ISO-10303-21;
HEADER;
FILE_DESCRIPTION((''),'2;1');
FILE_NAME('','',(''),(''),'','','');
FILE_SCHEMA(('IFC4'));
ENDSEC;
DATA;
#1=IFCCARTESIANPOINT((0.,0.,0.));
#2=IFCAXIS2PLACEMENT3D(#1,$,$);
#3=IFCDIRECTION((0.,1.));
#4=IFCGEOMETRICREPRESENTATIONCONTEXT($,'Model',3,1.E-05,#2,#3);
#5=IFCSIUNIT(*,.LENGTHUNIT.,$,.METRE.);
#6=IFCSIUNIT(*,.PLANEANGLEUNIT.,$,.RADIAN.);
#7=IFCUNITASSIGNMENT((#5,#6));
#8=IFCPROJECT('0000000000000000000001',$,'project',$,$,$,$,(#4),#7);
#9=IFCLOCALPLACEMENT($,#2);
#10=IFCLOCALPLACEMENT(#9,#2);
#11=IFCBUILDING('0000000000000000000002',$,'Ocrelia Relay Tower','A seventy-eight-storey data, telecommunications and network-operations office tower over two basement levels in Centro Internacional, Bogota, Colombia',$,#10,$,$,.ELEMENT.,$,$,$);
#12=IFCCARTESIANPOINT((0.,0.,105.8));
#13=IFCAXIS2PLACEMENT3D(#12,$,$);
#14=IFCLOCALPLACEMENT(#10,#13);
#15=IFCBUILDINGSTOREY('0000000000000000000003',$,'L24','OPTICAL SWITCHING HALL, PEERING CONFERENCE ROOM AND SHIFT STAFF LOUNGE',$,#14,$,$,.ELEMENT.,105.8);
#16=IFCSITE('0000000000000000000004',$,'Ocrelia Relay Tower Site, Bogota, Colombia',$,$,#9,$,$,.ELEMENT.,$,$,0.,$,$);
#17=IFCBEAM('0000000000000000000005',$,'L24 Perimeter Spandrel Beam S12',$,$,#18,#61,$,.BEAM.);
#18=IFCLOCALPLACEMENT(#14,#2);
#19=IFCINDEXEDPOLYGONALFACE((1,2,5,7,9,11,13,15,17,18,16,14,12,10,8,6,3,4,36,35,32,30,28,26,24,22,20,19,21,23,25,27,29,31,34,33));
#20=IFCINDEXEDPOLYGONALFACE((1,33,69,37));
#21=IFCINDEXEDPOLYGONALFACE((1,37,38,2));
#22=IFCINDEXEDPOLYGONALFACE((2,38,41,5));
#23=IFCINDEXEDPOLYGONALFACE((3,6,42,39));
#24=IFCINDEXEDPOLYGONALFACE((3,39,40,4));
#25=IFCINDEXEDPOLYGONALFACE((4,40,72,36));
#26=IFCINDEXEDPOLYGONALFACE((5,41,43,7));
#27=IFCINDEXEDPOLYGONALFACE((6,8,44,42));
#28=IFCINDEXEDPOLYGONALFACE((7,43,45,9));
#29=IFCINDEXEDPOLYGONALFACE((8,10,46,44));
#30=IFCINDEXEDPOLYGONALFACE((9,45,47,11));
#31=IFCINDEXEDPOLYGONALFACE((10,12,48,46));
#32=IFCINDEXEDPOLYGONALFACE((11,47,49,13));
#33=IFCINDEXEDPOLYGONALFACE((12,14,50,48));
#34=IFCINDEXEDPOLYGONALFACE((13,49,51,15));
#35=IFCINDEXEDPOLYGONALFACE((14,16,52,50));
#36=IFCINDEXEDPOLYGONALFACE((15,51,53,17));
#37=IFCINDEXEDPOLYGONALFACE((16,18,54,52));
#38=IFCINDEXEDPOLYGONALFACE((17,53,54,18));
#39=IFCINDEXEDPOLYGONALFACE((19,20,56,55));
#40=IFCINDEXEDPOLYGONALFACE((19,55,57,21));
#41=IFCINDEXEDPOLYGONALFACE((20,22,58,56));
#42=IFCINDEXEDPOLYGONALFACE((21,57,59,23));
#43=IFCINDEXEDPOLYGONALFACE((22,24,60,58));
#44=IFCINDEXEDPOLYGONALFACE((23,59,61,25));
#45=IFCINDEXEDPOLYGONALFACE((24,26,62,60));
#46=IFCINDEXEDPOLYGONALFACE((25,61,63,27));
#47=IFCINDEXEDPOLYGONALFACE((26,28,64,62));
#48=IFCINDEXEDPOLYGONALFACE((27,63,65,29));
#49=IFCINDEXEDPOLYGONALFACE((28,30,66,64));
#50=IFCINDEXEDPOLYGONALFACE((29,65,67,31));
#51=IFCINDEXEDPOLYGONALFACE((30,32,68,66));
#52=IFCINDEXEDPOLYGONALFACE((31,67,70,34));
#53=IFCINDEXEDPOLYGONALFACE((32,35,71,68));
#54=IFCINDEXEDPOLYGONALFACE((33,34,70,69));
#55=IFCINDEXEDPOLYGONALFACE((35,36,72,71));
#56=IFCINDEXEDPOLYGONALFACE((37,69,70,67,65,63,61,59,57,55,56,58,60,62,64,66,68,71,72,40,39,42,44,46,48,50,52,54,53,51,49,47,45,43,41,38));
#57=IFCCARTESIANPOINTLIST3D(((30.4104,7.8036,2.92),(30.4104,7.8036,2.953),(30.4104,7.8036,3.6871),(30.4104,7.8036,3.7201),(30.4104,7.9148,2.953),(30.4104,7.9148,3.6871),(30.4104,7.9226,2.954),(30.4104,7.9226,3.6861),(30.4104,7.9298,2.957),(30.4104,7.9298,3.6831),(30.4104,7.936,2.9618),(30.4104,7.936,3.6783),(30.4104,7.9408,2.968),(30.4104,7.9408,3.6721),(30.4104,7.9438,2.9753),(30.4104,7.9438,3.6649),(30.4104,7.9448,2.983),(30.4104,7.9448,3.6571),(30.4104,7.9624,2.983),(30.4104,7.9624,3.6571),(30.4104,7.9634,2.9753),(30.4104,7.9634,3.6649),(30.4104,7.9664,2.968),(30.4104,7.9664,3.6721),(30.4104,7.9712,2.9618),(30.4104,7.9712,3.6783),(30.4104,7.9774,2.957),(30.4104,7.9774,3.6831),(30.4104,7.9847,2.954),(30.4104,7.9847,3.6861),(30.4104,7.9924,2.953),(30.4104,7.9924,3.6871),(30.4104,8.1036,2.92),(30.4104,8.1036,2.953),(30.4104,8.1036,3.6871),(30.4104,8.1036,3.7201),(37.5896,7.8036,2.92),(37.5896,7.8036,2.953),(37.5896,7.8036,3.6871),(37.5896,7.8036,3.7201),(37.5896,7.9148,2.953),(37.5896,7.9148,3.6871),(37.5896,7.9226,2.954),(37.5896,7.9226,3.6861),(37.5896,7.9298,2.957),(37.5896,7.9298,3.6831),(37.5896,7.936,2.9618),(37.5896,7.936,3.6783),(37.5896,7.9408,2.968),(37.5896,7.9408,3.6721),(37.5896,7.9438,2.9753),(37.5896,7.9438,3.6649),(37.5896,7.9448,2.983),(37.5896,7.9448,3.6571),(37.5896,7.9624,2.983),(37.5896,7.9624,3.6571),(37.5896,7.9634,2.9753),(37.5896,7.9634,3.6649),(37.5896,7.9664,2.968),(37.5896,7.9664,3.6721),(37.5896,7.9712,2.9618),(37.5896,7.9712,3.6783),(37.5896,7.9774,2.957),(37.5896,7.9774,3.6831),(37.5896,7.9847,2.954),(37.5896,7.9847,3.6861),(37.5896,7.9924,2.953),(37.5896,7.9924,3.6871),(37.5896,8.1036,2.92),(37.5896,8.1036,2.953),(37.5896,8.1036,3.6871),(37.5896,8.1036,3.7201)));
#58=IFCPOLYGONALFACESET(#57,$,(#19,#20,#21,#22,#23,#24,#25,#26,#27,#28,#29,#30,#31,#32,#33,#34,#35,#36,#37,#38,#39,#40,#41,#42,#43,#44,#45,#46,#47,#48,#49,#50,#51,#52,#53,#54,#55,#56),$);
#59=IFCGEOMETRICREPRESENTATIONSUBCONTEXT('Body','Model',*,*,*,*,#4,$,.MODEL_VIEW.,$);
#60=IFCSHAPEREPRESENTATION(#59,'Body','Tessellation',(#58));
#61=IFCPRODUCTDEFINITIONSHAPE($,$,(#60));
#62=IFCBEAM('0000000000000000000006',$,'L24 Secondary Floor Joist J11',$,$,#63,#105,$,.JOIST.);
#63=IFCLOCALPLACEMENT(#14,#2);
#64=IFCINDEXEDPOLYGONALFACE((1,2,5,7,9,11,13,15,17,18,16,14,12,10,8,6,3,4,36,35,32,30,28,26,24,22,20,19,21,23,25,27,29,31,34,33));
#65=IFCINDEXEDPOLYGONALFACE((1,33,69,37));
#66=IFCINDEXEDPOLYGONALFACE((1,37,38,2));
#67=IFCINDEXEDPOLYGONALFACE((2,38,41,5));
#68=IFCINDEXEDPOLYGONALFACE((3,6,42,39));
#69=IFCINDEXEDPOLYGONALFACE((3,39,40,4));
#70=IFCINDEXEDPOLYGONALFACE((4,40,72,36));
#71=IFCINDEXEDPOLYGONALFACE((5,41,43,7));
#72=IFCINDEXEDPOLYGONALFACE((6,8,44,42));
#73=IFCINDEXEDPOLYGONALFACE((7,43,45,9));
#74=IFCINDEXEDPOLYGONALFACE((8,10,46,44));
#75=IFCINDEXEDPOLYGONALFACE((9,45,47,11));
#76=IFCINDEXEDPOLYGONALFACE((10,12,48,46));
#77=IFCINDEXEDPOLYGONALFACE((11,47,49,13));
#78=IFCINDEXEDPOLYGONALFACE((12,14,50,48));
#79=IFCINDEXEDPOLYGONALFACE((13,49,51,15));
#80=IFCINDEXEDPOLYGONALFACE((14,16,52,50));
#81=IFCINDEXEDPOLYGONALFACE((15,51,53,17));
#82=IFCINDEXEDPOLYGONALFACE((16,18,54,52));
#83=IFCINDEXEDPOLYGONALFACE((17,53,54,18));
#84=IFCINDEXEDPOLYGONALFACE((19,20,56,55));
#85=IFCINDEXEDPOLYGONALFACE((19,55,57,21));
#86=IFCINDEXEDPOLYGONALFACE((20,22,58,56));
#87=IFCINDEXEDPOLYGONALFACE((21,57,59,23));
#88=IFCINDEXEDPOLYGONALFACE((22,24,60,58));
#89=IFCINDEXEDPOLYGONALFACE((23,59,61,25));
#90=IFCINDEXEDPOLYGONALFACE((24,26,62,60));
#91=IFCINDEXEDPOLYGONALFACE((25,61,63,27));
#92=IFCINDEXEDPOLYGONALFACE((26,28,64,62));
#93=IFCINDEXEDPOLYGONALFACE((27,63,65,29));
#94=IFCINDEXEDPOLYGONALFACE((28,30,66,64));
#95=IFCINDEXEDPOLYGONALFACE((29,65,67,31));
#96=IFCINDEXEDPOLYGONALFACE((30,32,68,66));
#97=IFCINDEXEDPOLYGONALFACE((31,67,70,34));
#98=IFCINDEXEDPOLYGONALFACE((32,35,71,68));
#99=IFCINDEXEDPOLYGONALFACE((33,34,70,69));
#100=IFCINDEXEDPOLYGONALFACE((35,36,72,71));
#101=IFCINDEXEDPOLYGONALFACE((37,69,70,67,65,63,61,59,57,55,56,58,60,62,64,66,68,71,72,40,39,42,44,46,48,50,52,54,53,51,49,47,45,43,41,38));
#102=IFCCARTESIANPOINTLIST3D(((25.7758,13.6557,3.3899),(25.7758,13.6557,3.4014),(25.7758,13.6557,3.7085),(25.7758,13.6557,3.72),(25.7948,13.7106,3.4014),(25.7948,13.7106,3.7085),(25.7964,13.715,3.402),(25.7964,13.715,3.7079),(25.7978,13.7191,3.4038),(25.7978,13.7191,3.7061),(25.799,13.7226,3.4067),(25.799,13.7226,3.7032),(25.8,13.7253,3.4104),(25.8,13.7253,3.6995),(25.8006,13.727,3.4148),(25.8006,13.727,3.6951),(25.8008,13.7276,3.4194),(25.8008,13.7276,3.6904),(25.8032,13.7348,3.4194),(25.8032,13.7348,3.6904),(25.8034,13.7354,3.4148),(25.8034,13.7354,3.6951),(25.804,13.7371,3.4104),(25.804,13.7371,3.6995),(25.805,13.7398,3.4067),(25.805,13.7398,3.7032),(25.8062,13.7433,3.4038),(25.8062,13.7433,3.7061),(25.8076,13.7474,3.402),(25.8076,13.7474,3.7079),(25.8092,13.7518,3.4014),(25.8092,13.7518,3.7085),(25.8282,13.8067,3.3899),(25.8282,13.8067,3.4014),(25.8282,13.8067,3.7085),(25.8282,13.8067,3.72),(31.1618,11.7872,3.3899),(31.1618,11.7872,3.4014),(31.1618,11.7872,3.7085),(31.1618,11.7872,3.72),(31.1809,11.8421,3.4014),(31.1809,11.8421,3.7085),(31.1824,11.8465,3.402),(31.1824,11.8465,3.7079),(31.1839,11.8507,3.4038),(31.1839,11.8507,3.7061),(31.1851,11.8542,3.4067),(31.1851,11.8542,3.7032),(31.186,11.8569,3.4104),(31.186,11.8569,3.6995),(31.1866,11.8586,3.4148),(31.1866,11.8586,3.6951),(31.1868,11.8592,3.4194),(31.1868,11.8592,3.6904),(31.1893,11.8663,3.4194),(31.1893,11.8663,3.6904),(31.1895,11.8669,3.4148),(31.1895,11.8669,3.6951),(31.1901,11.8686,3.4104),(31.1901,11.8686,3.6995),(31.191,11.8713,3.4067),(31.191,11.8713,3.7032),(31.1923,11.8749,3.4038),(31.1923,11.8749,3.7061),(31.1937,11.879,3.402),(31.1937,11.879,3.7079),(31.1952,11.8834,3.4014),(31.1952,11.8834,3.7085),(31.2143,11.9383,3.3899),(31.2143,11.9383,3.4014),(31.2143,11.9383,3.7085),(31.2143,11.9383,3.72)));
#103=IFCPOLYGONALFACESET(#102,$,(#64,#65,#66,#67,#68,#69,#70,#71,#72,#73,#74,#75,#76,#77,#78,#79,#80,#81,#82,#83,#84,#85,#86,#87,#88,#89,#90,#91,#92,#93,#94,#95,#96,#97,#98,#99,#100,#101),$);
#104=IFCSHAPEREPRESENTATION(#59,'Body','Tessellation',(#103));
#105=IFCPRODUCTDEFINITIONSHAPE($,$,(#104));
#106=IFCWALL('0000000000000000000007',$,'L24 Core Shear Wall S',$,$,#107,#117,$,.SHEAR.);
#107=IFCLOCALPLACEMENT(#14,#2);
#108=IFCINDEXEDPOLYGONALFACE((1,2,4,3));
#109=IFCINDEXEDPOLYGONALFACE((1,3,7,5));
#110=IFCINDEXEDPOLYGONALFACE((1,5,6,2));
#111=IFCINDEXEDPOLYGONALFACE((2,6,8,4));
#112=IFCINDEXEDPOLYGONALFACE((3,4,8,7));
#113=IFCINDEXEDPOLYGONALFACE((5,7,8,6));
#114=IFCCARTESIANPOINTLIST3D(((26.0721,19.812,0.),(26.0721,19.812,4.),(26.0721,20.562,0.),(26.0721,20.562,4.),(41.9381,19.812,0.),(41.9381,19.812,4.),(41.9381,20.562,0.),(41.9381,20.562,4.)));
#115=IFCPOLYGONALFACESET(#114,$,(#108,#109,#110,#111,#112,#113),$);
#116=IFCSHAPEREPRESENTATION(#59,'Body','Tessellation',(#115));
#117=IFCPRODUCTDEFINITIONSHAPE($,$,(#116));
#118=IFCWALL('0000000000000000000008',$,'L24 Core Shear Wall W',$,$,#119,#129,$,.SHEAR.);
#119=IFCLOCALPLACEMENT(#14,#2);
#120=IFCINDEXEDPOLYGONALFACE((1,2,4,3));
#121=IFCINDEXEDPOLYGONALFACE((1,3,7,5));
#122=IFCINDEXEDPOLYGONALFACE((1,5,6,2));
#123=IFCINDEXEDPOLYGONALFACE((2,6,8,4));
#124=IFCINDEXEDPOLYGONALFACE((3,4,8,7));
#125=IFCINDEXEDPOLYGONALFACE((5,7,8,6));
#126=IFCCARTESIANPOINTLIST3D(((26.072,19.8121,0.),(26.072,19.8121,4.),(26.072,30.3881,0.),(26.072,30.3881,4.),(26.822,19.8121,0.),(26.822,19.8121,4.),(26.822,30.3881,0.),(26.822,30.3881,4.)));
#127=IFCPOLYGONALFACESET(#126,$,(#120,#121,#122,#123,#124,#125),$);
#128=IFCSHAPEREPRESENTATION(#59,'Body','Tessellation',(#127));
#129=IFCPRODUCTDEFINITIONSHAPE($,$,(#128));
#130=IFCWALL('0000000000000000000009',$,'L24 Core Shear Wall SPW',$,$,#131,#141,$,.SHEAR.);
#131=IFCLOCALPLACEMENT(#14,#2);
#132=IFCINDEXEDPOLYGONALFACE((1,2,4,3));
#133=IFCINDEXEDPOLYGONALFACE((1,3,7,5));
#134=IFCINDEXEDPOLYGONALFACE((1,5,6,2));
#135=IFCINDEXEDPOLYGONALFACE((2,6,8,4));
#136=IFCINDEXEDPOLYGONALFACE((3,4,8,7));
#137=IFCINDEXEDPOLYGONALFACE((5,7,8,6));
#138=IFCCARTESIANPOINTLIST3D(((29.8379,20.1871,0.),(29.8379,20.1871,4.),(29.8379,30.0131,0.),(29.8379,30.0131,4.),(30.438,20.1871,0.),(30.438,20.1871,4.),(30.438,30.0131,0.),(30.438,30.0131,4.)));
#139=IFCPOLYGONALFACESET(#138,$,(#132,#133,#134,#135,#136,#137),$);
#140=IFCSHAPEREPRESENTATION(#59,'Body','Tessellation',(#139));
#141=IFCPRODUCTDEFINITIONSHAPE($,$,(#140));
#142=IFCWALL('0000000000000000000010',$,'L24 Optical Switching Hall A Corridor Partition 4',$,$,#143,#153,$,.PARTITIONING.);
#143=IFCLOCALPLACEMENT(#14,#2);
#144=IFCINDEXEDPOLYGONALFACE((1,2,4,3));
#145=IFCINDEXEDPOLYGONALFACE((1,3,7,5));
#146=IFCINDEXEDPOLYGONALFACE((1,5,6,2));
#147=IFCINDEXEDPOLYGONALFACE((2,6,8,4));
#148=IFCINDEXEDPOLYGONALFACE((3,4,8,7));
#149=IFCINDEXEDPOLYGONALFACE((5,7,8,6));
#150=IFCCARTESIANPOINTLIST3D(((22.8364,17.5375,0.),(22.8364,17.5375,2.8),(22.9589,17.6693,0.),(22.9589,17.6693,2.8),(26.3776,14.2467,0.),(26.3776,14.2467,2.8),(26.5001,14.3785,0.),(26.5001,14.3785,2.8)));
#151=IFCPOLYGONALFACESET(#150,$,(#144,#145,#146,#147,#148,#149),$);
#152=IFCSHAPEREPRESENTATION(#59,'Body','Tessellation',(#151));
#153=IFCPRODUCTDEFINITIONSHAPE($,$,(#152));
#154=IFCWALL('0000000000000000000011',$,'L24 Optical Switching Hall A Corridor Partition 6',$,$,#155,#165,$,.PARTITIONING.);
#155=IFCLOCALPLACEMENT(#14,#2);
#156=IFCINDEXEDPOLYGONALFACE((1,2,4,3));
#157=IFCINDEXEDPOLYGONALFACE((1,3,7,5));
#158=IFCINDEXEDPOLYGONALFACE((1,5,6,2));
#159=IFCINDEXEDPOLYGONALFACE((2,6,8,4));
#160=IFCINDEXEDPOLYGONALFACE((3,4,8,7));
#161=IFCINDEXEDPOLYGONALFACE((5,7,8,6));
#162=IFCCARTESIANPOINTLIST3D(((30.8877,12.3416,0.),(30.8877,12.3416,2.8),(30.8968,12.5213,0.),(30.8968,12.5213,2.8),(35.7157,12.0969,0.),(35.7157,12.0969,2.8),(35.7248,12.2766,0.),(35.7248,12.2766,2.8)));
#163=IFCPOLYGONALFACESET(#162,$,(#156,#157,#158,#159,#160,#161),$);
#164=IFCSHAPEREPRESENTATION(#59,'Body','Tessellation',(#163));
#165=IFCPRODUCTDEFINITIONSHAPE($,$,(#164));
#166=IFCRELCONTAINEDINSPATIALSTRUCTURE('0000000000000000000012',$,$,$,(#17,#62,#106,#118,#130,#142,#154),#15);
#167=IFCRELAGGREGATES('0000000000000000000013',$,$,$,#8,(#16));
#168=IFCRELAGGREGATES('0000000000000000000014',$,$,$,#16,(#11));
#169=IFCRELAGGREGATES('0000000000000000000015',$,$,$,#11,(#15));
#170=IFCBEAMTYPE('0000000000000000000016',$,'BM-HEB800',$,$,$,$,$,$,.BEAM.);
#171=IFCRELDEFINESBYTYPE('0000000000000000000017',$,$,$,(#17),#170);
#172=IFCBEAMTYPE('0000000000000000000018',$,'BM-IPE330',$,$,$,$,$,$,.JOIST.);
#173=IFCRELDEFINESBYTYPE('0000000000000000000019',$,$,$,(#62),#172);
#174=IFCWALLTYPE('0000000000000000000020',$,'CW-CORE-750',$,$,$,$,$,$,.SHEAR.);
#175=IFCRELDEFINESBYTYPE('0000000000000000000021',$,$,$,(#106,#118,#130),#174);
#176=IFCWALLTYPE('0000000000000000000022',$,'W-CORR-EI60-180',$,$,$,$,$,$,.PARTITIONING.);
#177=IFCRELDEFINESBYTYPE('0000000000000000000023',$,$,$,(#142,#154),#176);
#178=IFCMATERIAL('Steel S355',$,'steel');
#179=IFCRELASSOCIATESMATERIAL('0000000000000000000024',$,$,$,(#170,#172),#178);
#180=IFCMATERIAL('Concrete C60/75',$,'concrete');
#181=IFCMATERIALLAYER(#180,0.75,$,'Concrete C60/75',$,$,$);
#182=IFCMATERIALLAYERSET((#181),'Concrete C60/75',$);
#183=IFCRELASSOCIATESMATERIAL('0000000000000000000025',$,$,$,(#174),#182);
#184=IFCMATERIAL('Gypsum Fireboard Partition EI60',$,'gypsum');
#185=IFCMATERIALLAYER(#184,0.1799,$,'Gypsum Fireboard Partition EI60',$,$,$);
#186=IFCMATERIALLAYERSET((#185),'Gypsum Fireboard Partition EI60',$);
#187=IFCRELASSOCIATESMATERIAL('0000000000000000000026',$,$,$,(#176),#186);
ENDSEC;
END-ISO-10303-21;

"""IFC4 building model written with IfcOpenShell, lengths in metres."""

from ifc_helpers import new_model, si_unit, direction, frame, frame_2d, origin, origin_2d, place, context, subcontext, project, spatial, rectangle, i_section, extrude, material, layer, layer_set, material_profile, profile_set, type_object, element, save


model = new_model("IFC4")

# Units and contexts
model_context = context("Model", 3, precision=1e-05, world=origin(), true_north=direction((0.0, 1.0)))
body_context = subcontext(model_context, "Body", "Model", "MODEL_VIEW")
ifc_project = project(units=[si_unit("LENGTHUNIT", "METRE"), si_unit("PLANEANGLEUNIT", "RADIAN")], contexts=[model_context])

# Site, building, storey
site_placement = place(None, origin())
site = spatial("IfcSite", under=ifc_project, at=site_placement, Name="Ocrelia Relay Tower Site, Bogota, Colombia", CompositionType="ELEMENT", RefElevation=0.0)
building_placement = place(site_placement, origin())
building = spatial("IfcBuilding", under=site, at=building_placement, Name="Ocrelia Relay Tower", Description="A seventy-eight-storey data, telecommunications and network-operations office tower over two basement levels in Centro Internacional, Bogota, Colombia", CompositionType="ELEMENT")
storey_placement = place(building_placement, frame((0.0, 0.0, 105.8)))
storey = spatial("IfcBuildingStorey", under=building, at=storey_placement, Name="L24", Description="OPTICAL SWITCHING HALL, PEERING CONFERENCE ROOM AND SHIFT STAFF LOUNGE", CompositionType="ELEMENT", Elevation=105.8)

# Shared definitions
ifc_material_1 = material(Name="Concrete C60/75", Category="concrete")

# Beams
ifc_material_2 = material(Name="Steel S355", Category="steel")
ifc_material_profile_1 = material_profile(ifc_material_2, i_section(OverallWidth=0.3, OverallDepth=0.8, WebThickness=0.0176, FlangeThickness=0.033, FilletRadius=0.03, at=origin_2d()), Name="HEB 800")
ifc_profile_set_1 = profile_set([ifc_material_profile_1], Name="Steel S355")
beam_type_1 = type_object("IfcBeamType", Name="BM-HEB800", PredefinedType="BEAM", material=ifc_profile_set_1)
for number, where, z_axis, x_axis, name in (
    (1, (30.4104, 7.9536, 3.3201), (1.0, 0.0, 0.0), (0.0, 1.0, 0.0), "L24 Perimeter Spandrel Beam S12"),
):
    element("IfcBeam", number, at=place(storey_placement, frame(where, z_axis=z_axis, x_axis=x_axis)), inside=storey, type_object=beam_type_1, Name=name, PredefinedType="BEAM", context=body_context, shape_type="SweptSolid", body=[
        extrude(i_section(OverallWidth=0.3, OverallDepth=0.8, WebThickness=0.0176, FlangeThickness=0.033, FilletRadius=0.03, at=origin_2d()), origin(), (0.0, 0.0, 1.0), 7.1792),
    ])
ifc_material_profile_2 = material_profile(ifc_material_2, i_section(OverallWidth=0.1599, OverallDepth=0.3301, WebThickness=0.0076, FlangeThickness=0.0115, FilletRadius=0.0181, at=origin_2d()), Name="IPE 330")
ifc_profile_set_2 = profile_set([ifc_material_profile_2], Name="Steel S355")
beam_type_2 = type_object("IfcBeamType", Name="BM-IPE330", PredefinedType="JOIST", material=ifc_profile_set_2)
beam_1_placement = place(storey_placement, frame((25.802, 13.7312, 3.5549), z_axis=(0.944767, -0.327741, 0.0), x_axis=(0.327741, 0.944767, 0.0)))
element("IfcBeam", 2, at=beam_1_placement, inside=storey, type_object=beam_type_2, Name="L24 Secondary Floor Joist J11", PredefinedType="JOIST", context=body_context, shape_type="SweptSolid", body=[
    extrude(i_section(OverallWidth=0.1599, OverallDepth=0.3301, WebThickness=0.0076, FlangeThickness=0.0115, FilletRadius=0.0181, at=origin_2d()), origin(), (0.0, 0.0, 1.0), 5.7009),
])

# Walls
ifc_layer_1 = layer(ifc_material_1, 0.75, Name="Concrete C60/75")
ifc_layer_set_1 = layer_set([ifc_layer_1], Name="Concrete C60/75")
wall_type_1 = type_object("IfcWallType", Name="CW-CORE-750", PredefinedType="SHEAR", material=ifc_layer_set_1)
wall_1_placement = place(storey_placement, frame((26.072, 20.187, 0.0), z_axis=(0.0, 0.0, 1.0), x_axis=(1.0, 0.0, 0.0)))
element("IfcWall", 3, at=wall_1_placement, inside=storey, type_object=wall_type_1, Name="L24 Core Shear Wall S", PredefinedType="SHEAR", context=body_context, shape_type="SweptSolid", body=[
    extrude(rectangle(XDim=15.866, YDim=0.75, at=frame_2d((7.9331, 0.0))), origin(), (0.0, 0.0, 1.0), 4.0),
])
wall_2_placement = place(storey_placement, frame((26.447, 19.812, 0.0), z_axis=(0.0, 0.0, 1.0), x_axis=(0.0, 1.0, 0.0)))
element("IfcWall", 4, at=wall_2_placement, inside=storey, type_object=wall_type_1, Name="L24 Core Shear Wall W", PredefinedType="SHEAR", context=body_context, shape_type="SweptSolid", body=[
    extrude(rectangle(XDim=10.5759, YDim=0.75, at=frame_2d((5.2881, 0.0))), origin(), (0.0, 0.0, 1.0), 4.0),
])
wall_3_placement = place(storey_placement, frame((30.1379, 20.187, 0.0), z_axis=(0.0, 0.0, 1.0), x_axis=(0.0, 1.0, 0.0)))
element("IfcWall", 5, at=wall_3_placement, inside=storey, type_object=wall_type_1, Name="L24 Core Shear Wall SPW", PredefinedType="SHEAR", context=body_context, shape_type="SweptSolid", body=[
    extrude(rectangle(XDim=9.8259, YDim=0.6001, at=frame_2d((4.9131, 0.0))), origin(), (0.0, 0.0, 1.0), 4.0),
])
ifc_material_3 = material(Name="Gypsum Fireboard Partition EI60", Category="gypsum")
ifc_layer_2 = layer(ifc_material_3, 0.1799, Name="Gypsum Fireboard Partition EI60")
ifc_layer_set_2 = layer_set([ifc_layer_2], Name="Gypsum Fireboard Partition EI60")
wall_type_2 = type_object("IfcWallType", Name="W-CORR-EI60-180", PredefinedType="PARTITIONING", material=ifc_layer_set_2)
wall_4_placement = place(storey_placement, frame((22.8977, 17.6033, 0.0), z_axis=(0.0, 0.0, 1.0), x_axis=(0.73254, -0.680724, 0.0)))
element("IfcWall", 6, at=wall_4_placement, inside=storey, type_object=wall_type_2, Name="L24 Optical Switching Hall A Corridor Partition 4", PredefinedType="PARTITIONING", context=body_context, shape_type="SweptSolid", body=[
    extrude(rectangle(XDim=4.8342, YDim=0.1799, at=frame_2d((2.417, 0.0))), origin(), (0.0, 0.0, 1.0), 2.8),
])

# Wall
wall_5_placement = place(storey_placement, frame((30.8923, 12.4314, 0.0), z_axis=(0.0, 0.0, 1.0), x_axis=(0.998719, -0.050603, 0.0)))
element("IfcWall", 7, at=wall_5_placement, inside=storey, type_object=wall_type_2, Name="L24 Optical Switching Hall A Corridor Partition 6", PredefinedType="PARTITIONING", context=body_context, shape_type="SweptSolid", body=[
    extrude(rectangle(XDim=4.8342, YDim=0.1799, at=frame_2d((2.417, 0.0))), origin(), (0.0, 0.0, 1.0), 2.8),
])

save(model, "model.ifc")
